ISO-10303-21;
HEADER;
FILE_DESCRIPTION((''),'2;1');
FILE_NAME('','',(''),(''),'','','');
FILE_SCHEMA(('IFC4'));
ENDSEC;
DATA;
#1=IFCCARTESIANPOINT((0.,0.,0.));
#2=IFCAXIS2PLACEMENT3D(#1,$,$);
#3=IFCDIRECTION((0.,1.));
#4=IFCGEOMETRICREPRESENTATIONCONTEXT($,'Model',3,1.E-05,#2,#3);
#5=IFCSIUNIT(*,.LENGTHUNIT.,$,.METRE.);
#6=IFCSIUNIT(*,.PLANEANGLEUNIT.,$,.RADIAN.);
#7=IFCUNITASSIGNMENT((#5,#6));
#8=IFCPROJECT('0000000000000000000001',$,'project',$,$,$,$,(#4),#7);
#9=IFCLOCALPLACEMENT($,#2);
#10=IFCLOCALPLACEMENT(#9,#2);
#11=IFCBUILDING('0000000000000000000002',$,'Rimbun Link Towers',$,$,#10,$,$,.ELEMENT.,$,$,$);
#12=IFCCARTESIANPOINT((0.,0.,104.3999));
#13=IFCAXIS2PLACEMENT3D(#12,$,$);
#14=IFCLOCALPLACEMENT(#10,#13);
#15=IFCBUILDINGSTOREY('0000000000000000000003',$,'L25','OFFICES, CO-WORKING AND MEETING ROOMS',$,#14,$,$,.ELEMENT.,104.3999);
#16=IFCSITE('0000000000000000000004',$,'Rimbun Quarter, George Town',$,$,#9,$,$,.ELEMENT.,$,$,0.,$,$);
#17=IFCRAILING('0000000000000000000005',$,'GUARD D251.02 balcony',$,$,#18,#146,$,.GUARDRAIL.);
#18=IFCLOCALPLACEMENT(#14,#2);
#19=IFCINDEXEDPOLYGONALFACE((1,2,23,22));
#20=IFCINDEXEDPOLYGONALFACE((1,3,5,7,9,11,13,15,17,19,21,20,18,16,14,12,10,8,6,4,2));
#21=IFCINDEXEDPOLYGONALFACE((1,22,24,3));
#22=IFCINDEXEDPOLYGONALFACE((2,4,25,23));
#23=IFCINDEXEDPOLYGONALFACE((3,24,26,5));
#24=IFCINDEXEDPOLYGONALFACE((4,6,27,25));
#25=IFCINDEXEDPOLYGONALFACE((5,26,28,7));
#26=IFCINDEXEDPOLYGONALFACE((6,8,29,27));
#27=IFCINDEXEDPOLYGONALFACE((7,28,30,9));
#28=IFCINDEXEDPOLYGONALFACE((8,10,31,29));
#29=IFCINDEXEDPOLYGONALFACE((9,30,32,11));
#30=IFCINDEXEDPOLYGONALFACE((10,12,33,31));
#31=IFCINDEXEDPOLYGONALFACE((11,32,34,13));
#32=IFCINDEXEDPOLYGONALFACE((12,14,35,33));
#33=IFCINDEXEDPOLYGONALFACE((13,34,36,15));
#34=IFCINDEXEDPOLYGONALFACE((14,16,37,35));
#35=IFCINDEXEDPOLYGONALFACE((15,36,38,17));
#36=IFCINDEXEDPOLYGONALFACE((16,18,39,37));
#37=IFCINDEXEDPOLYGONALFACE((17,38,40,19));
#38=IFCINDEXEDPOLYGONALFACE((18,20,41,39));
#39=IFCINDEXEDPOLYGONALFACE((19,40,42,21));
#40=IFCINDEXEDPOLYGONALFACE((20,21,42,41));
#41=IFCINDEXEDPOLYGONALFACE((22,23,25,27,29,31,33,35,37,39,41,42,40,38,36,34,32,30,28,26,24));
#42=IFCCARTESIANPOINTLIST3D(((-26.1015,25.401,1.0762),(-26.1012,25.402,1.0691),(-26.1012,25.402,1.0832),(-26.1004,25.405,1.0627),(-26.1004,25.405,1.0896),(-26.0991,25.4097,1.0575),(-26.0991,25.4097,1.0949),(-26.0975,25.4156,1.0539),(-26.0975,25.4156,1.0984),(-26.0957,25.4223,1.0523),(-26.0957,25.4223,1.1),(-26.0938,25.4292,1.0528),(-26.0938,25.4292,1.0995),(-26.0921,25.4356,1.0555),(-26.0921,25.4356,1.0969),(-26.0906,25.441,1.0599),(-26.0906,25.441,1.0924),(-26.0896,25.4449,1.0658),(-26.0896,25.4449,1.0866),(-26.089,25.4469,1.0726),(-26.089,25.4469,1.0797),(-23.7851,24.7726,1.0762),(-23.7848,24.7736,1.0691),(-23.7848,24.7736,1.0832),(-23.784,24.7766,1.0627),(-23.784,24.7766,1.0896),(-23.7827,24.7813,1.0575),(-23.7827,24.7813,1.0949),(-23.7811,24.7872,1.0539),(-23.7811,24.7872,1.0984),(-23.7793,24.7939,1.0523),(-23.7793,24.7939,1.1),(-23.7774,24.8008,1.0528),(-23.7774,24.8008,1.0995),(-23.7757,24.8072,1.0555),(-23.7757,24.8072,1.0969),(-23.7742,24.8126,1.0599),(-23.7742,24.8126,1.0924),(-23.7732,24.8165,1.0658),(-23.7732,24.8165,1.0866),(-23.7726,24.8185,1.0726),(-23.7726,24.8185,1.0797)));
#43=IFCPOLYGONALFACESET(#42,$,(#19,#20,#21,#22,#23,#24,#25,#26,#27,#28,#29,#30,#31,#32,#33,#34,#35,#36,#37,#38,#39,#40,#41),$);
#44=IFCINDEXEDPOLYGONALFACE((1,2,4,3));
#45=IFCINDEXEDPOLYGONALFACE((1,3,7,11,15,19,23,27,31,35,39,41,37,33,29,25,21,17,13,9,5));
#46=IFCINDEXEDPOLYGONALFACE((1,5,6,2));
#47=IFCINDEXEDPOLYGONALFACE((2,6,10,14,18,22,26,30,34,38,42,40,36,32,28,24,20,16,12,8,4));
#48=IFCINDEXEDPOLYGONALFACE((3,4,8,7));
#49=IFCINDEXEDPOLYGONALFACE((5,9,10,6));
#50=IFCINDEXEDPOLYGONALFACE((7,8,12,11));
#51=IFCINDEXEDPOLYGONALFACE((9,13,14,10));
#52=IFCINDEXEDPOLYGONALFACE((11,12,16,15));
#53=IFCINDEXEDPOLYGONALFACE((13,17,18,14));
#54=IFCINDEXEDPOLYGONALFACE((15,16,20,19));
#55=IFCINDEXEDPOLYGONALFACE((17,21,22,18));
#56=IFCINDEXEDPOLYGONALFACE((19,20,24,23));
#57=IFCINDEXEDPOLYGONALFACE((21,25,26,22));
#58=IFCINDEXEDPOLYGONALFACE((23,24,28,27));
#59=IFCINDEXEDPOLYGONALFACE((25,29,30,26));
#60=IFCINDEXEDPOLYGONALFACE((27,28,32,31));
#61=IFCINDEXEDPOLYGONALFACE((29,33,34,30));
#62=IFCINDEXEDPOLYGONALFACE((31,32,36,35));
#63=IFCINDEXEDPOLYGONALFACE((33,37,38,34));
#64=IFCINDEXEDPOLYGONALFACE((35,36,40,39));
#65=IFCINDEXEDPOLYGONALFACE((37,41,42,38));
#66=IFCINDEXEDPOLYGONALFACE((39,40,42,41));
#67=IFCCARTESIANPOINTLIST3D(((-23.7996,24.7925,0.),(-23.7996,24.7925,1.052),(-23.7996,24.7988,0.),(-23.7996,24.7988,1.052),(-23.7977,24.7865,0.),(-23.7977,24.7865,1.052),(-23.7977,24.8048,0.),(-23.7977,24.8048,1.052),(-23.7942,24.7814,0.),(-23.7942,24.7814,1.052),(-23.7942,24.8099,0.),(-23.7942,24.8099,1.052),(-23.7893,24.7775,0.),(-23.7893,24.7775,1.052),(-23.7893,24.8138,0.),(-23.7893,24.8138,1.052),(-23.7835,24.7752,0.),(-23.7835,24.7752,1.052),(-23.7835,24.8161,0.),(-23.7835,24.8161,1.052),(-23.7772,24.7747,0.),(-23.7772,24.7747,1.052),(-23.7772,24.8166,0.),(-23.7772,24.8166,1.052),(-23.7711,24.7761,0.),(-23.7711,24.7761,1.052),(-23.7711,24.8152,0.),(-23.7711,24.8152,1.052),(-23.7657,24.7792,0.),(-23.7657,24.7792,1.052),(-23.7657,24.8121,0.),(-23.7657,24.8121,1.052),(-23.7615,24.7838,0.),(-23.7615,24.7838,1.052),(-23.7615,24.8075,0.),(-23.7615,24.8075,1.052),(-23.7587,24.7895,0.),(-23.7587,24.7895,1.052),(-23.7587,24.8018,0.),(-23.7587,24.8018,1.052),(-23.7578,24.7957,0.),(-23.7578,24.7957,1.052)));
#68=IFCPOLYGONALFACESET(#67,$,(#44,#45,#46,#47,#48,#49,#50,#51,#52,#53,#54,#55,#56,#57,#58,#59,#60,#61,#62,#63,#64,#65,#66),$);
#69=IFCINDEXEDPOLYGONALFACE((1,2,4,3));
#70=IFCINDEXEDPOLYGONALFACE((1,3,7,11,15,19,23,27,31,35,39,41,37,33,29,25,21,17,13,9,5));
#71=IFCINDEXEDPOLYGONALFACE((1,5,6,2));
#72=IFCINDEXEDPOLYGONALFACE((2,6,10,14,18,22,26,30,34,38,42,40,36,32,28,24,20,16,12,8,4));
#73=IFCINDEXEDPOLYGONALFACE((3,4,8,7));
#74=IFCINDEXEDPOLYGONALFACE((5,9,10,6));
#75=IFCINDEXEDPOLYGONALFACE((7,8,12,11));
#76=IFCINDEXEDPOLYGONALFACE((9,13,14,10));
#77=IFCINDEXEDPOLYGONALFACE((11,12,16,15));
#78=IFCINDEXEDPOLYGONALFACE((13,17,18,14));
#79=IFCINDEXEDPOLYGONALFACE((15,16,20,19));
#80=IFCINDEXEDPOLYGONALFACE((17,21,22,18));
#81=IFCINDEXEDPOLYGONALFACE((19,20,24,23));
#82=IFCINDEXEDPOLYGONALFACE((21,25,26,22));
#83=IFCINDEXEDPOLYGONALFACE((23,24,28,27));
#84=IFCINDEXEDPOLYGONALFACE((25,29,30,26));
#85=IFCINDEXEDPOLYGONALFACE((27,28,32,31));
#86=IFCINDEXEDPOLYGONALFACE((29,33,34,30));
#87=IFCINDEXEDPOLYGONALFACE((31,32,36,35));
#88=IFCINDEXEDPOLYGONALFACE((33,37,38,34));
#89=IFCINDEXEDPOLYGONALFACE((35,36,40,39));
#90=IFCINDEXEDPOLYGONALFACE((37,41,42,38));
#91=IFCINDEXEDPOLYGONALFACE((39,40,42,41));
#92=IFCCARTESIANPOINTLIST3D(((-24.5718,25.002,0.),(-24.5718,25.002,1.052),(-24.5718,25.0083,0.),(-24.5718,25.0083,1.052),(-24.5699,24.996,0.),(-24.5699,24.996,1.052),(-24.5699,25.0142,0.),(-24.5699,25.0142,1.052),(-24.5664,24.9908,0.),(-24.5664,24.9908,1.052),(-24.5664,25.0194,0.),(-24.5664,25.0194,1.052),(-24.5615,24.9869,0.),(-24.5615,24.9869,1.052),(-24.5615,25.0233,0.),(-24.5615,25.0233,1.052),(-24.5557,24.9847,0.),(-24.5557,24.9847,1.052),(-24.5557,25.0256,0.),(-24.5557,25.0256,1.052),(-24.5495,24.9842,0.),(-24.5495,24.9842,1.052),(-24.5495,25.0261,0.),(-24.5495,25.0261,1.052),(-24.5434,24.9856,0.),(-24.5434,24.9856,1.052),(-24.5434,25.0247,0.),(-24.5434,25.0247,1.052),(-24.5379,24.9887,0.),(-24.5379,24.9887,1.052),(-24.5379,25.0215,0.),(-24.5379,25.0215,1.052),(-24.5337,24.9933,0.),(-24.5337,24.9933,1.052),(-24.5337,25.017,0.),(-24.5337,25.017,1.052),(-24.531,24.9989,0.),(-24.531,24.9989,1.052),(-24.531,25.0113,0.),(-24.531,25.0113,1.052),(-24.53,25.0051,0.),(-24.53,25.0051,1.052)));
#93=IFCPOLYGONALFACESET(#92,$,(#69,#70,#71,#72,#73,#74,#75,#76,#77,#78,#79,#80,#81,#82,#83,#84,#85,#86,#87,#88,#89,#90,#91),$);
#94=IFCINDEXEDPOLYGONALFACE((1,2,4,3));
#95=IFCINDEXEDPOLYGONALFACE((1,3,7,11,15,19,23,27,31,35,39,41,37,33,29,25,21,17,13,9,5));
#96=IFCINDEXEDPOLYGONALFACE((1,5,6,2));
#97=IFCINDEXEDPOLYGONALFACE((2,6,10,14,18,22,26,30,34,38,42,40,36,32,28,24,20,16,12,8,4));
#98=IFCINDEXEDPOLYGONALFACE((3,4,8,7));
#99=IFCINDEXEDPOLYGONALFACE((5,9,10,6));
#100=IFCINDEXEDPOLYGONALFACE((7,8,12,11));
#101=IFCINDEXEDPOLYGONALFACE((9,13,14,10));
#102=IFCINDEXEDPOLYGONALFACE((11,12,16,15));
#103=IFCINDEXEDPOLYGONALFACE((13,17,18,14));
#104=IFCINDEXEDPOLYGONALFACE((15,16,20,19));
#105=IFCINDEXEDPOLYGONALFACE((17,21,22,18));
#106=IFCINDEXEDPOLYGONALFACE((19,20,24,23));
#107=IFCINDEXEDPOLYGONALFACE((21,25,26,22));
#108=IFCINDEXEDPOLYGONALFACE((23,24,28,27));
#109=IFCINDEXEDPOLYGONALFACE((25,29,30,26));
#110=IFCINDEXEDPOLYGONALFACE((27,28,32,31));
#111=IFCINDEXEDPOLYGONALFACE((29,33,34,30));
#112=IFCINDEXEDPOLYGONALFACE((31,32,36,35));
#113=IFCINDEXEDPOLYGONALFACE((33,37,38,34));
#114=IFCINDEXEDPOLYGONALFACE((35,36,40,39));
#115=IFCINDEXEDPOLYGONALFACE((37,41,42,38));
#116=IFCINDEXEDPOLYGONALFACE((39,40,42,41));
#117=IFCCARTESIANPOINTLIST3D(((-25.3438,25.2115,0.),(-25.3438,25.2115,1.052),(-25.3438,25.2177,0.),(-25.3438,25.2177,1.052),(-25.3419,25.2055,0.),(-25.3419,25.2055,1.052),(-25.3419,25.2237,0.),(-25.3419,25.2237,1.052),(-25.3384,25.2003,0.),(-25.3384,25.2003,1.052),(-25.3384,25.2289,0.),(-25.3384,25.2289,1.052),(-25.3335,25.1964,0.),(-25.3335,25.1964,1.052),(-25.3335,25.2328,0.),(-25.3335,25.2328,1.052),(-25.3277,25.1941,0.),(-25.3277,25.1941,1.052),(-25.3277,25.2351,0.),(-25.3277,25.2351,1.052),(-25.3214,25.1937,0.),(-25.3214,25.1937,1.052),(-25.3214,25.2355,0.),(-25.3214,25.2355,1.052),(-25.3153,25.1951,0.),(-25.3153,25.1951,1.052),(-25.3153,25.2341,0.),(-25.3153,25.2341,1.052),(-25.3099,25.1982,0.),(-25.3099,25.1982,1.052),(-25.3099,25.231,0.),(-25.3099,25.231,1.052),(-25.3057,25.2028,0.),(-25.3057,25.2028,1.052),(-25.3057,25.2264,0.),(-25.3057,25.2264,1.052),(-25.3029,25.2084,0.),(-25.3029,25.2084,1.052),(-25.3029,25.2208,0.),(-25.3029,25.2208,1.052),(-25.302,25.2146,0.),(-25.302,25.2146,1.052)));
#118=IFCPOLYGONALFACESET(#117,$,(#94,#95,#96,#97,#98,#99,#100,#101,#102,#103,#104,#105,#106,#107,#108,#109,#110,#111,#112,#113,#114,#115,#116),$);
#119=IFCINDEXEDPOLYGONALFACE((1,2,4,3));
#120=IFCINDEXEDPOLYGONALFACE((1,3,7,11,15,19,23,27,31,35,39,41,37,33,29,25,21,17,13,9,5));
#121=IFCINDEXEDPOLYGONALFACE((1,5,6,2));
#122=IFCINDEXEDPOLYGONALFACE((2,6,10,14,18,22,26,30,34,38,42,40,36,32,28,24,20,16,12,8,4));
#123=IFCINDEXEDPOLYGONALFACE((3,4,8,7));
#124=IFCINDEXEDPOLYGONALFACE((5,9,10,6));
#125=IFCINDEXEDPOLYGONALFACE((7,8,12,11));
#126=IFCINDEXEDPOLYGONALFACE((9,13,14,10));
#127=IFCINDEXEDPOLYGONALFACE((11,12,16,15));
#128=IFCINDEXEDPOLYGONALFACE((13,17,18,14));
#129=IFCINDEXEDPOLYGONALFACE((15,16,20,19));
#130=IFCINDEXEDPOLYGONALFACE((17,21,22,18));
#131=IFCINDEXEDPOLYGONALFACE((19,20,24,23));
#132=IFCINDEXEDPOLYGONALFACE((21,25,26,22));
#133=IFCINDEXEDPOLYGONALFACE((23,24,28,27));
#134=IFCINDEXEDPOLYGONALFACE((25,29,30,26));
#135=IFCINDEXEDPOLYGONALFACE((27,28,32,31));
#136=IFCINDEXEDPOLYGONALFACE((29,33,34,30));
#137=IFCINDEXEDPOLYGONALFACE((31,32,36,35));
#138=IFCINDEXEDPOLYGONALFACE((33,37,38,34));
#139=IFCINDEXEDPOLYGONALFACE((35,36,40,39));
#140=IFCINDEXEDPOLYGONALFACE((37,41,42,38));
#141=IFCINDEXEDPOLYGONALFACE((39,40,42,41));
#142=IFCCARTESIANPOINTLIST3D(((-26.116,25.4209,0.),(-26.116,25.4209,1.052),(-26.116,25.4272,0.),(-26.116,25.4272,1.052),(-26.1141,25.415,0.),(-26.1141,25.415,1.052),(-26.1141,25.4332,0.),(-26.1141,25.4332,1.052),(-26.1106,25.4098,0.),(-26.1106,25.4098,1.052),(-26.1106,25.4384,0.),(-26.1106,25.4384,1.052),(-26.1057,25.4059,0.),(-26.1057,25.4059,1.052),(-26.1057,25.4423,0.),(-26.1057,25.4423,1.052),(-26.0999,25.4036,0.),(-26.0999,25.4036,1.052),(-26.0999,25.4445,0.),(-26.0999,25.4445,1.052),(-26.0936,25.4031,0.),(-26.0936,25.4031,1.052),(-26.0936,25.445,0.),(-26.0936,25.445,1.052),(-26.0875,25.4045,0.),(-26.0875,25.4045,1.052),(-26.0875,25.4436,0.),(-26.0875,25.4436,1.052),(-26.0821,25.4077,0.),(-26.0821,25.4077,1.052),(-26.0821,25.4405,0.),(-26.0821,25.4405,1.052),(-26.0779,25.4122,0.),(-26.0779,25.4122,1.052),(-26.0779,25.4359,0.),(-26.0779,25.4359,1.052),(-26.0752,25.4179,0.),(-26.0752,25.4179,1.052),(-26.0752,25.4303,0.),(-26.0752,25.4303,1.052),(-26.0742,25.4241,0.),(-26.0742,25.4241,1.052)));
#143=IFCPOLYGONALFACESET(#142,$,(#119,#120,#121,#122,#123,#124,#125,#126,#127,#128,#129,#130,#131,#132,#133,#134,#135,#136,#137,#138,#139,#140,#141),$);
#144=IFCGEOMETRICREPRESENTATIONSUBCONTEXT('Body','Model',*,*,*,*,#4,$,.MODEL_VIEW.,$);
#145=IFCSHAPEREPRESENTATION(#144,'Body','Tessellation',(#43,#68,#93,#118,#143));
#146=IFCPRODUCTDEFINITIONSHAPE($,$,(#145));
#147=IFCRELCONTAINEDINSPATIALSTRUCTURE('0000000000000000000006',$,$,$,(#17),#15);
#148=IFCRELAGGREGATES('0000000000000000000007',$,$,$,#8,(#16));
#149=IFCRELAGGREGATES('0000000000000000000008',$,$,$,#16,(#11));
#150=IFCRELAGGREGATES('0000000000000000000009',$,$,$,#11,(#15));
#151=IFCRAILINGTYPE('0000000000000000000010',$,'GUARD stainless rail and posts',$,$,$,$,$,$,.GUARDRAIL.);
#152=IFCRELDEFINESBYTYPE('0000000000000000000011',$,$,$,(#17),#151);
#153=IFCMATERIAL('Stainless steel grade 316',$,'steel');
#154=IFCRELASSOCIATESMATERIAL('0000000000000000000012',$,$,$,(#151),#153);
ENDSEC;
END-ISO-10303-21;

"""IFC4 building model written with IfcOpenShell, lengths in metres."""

from ifc_helpers import new_model, si_unit, direction, frame, origin, origin_2d, place, context, subcontext, project, spatial, circle, extrude, material, type_object, element, save


model = new_model("IFC4")

# Units and contexts
model_context = context("Model", 3, precision=1e-05, world=origin(), true_north=direction((0.0, 1.0)))
body_context = subcontext(model_context, "Body", "Model", "MODEL_VIEW")
ifc_project = project(units=[si_unit("LENGTHUNIT", "METRE"), si_unit("PLANEANGLEUNIT", "RADIAN")], contexts=[model_context])

# Site, building, storey
site_placement = place(None, origin())
site = spatial("IfcSite", under=ifc_project, at=site_placement, Name="Rimbun Quarter, George Town", CompositionType="ELEMENT", RefElevation=0.0)
building_placement = place(site_placement, origin())
building = spatial("IfcBuilding", under=site, at=building_placement, Name="Rimbun Link Towers", CompositionType="ELEMENT")
storey_placement = place(building_placement, frame((0.0, 0.0, 104.3999)))
storey = spatial("IfcBuildingStorey", under=building, at=storey_placement, Name="L25", Description="OFFICES, CO-WORKING AND MEETING ROOMS", CompositionType="ELEMENT", Elevation=104.3999)

# Railing
ifc_material_1 = material(Name="Stainless steel grade 316", Category="steel")
railing_type = type_object("IfcRailingType", Name="GUARD stainless rail and posts", PredefinedType="GUARDRAIL", material=ifc_material_1)
railing_1_placement = place(storey_placement, frame((-23.7788, 24.7957, 0.0)))
element("IfcRailing", 1, at=railing_1_placement, inside=storey, type_object=railing_type, Name="GUARD D251.02 balcony", PredefinedType="GUARDRAIL", context=body_context, shape_type="SweptSolid", body=[
    extrude(circle(Radius=0.0239, at=origin_2d()), frame((0.0, 0.0, 1.0762), z_axis=(-0.965115, 0.261826, 0.0), x_axis=(-0.261826, -0.965115, 0.0)), (0.0, 0.0, 1.0), 2.4001),
    extrude(circle(Radius=0.021, at=origin_2d()), origin(), (0.0, 0.0, 1.0), 1.052),
    extrude(circle(Radius=0.021, at=origin_2d()), frame((-0.7722, 0.2095, 0.0)), (0.0, 0.0, 1.0), 1.052),
    extrude(circle(Radius=0.021, at=origin_2d()), frame((-1.5442, 0.4189, 0.0)), (0.0, 0.0, 1.0), 1.052),
    extrude(circle(Radius=0.021, at=origin_2d()), frame((-2.3164, 0.6284, 0.0)), (0.0, 0.0, 1.0), 1.052),
])

save(model, "model.ifc")
